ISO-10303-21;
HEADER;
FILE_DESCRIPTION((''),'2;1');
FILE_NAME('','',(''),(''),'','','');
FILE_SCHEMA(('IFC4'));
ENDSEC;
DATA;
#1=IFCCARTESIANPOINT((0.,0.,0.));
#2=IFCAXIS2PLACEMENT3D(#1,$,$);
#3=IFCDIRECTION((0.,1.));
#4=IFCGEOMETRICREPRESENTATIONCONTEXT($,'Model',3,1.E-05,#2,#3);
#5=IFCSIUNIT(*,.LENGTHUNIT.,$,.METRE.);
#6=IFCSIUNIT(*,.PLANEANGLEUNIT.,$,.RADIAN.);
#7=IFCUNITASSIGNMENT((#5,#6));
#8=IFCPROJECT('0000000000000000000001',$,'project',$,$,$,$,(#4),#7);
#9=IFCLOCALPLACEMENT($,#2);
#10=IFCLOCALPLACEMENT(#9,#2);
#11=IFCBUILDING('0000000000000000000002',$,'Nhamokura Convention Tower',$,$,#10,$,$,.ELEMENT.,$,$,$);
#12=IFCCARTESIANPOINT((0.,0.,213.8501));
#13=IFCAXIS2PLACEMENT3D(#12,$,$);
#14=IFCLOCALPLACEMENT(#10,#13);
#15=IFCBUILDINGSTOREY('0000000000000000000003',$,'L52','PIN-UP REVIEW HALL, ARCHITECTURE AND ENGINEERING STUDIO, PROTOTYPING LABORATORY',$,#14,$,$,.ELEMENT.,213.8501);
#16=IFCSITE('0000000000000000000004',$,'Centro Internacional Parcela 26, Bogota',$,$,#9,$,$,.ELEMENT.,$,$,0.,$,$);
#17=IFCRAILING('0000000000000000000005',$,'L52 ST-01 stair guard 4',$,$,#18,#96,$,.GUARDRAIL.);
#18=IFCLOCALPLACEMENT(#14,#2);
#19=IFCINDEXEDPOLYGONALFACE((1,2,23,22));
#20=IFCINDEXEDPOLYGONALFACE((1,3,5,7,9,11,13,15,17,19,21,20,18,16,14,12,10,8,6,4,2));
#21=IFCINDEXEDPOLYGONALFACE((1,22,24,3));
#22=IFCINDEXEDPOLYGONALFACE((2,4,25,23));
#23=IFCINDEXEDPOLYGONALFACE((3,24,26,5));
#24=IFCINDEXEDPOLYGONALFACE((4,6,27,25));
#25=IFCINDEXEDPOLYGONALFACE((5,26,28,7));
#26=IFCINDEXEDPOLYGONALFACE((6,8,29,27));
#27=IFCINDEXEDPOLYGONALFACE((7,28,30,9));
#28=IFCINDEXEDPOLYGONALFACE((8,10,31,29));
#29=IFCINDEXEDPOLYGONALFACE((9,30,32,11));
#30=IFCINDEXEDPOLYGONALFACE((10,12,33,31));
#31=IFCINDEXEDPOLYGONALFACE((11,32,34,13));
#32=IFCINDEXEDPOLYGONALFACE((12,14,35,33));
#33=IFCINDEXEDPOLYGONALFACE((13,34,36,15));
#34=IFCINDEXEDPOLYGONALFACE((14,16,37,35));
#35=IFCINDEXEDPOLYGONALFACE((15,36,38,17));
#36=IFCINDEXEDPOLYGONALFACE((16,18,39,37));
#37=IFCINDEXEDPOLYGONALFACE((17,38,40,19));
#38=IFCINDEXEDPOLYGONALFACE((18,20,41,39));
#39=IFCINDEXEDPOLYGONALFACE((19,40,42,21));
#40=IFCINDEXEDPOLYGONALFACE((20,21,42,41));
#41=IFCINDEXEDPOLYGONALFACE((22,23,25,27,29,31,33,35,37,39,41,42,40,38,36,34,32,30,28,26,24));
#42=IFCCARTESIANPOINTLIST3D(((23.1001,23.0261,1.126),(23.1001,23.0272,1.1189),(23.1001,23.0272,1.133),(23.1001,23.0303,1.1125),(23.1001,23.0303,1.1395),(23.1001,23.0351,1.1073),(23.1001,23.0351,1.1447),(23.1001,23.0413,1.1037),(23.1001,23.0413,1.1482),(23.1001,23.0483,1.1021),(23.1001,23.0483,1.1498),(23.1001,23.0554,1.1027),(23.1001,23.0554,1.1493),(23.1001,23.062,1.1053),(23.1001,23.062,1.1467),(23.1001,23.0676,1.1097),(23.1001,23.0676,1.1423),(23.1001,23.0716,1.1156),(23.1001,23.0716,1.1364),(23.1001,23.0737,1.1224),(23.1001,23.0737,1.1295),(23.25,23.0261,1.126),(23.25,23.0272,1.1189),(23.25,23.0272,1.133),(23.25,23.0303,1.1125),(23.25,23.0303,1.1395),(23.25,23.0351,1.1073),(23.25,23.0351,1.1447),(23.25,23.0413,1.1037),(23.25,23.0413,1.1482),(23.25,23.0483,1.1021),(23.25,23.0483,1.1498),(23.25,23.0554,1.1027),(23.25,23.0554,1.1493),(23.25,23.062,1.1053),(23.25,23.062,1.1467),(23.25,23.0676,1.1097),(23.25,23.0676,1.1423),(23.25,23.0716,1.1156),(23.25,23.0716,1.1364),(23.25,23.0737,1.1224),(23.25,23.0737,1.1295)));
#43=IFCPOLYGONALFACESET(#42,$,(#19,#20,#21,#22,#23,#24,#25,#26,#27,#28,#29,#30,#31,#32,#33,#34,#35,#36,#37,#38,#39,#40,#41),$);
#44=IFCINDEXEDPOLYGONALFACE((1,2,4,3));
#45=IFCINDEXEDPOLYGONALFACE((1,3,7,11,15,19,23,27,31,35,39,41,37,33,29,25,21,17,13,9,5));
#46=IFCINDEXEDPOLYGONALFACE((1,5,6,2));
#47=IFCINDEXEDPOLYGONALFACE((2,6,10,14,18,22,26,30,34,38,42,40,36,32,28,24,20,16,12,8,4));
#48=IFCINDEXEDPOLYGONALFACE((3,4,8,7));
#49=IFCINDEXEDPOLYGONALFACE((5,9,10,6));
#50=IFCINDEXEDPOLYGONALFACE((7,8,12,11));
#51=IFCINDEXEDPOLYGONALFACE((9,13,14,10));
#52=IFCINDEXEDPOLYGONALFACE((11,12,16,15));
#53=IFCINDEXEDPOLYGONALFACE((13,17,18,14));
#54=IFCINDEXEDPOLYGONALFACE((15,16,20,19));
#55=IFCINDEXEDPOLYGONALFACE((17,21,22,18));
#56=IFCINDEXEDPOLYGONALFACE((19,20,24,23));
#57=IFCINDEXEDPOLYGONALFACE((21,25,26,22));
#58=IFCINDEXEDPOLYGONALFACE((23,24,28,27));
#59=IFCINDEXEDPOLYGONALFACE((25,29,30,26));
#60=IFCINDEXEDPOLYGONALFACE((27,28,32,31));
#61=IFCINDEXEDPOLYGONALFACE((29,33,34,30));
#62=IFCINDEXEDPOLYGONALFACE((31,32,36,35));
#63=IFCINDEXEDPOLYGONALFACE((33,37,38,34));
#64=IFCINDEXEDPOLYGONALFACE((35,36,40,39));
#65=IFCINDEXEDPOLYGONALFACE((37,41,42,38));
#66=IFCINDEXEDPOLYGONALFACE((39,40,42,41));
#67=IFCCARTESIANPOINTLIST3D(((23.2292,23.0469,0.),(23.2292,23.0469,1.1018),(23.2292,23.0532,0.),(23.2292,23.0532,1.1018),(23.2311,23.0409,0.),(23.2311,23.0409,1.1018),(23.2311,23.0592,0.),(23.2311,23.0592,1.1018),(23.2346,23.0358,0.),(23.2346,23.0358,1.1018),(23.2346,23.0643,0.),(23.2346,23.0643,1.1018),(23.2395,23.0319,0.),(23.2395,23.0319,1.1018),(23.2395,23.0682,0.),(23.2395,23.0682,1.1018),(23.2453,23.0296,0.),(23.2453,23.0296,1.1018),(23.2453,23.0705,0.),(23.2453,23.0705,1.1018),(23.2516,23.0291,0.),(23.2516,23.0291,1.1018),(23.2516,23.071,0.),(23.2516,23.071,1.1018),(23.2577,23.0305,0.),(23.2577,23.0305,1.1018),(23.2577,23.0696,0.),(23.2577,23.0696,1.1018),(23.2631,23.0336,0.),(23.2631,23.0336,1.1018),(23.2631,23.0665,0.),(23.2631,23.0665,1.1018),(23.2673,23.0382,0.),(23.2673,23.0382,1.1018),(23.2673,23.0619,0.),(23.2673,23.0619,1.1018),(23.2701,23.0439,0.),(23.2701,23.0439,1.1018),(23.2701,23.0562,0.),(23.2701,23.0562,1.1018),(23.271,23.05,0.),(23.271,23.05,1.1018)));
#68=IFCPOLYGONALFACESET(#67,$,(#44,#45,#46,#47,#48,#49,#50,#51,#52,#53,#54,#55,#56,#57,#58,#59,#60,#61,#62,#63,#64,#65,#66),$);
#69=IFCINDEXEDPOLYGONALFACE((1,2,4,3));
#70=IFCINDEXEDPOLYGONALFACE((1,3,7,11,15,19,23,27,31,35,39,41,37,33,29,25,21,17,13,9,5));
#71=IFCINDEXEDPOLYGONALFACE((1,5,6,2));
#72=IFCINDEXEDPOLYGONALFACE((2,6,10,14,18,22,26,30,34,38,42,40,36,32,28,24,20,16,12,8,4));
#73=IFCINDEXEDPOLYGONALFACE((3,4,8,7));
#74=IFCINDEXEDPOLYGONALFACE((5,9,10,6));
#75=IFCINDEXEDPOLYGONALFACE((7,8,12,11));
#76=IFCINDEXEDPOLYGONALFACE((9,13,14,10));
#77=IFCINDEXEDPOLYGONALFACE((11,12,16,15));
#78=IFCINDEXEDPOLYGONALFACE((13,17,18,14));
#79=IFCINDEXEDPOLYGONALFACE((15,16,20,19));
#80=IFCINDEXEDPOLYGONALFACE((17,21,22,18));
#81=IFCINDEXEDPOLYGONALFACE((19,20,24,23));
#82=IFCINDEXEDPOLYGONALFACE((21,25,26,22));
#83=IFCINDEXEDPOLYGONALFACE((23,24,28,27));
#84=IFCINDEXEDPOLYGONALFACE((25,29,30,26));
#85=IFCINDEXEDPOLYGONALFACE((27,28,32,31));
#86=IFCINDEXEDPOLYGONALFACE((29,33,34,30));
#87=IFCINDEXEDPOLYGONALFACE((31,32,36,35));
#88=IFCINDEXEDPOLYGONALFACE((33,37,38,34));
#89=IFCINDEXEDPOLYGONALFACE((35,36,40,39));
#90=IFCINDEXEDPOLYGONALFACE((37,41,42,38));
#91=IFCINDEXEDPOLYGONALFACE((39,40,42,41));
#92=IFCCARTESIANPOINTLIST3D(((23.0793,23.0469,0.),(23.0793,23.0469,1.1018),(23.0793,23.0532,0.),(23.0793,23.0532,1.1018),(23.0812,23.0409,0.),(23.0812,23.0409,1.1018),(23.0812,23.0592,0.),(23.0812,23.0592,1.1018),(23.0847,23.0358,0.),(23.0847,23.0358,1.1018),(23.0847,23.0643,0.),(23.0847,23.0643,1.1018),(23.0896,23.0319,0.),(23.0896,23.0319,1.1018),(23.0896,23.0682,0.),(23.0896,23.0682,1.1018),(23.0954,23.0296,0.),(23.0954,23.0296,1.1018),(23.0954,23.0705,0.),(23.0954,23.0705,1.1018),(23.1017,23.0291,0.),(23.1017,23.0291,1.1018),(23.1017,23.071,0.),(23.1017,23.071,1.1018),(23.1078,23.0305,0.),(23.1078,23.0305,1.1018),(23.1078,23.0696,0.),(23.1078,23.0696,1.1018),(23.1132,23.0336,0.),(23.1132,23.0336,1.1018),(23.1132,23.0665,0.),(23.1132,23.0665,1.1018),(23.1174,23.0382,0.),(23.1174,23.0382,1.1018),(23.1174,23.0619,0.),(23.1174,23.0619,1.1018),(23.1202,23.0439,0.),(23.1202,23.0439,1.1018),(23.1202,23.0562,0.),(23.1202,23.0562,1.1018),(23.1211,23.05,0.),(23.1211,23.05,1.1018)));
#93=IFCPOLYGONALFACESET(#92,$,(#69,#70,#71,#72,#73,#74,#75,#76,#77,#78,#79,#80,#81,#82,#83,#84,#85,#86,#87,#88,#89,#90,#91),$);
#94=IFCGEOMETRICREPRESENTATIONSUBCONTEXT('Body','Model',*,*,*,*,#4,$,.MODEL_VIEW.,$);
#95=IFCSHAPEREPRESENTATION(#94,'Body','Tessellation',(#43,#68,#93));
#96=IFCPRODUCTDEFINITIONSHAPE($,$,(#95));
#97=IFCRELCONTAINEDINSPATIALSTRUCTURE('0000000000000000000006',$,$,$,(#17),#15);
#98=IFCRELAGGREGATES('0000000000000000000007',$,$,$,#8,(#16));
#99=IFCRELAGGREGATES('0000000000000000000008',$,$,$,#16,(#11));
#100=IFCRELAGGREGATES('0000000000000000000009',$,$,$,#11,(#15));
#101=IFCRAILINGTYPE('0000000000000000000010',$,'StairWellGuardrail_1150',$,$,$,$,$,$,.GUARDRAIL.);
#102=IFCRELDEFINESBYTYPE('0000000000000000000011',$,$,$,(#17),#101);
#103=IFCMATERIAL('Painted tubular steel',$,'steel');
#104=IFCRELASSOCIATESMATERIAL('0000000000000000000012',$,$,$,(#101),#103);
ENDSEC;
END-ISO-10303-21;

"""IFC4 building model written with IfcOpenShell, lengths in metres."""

from ifc_helpers import new_model, si_unit, direction, frame, origin, origin_2d, place, context, subcontext, project, spatial, circle, extrude, material, type_object, element, save


model = new_model("IFC4")

# Units and contexts
model_context = context("Model", 3, precision=1e-05, world=origin(), true_north=direction((0.0, 1.0)))
body_context = subcontext(model_context, "Body", "Model", "MODEL_VIEW")
ifc_project = project(units=[si_unit("LENGTHUNIT", "METRE"), si_unit("PLANEANGLEUNIT", "RADIAN")], contexts=[model_context])

# Site, building, storey
site_placement = place(None, origin())
site = spatial("IfcSite", under=ifc_project, at=site_placement, Name="Centro Internacional Parcela 26, Bogota", CompositionType="ELEMENT", RefElevation=0.0)
building_placement = place(site_placement, origin())
building = spatial("IfcBuilding", under=site, at=building_placement, Name="Nhamokura Convention Tower", CompositionType="ELEMENT")
storey_placement = place(building_placement, frame((0.0, 0.0, 213.8501)))
storey = spatial("IfcBuildingStorey", under=building, at=storey_placement, Name="L52", Description="PIN-UP REVIEW HALL, ARCHITECTURE AND ENGINEERING STUDIO, PROTOTYPING LABORATORY", CompositionType="ELEMENT", Elevation=213.8501)

# Railing
ifc_material_1 = material(Name="Painted tubular steel", Category="steel")
railing_type_1 = type_object("IfcRailingType", Name="StairWellGuardrail_1150", PredefinedType="GUARDRAIL", material=ifc_material_1)
railing_1_placement = place(storey_placement, frame((23.25, 23.05, 0.0)))
element("IfcRailing", 1, at=railing_1_placement, inside=storey, type_object=railing_type_1, Name="L52 ST-01 stair guard 4", PredefinedType="GUARDRAIL", context=body_context, shape_type="SweptSolid", body=[
    extrude(circle(Radius=0.0239, at=origin_2d()), frame((0.0, 0.0, 1.126), z_axis=(-1.0, 0.0, 0.0), x_axis=(0.0, -1.0, 0.0)), (0.0, 0.0, 1.0), 0.1499),
    extrude(circle(Radius=0.021, at=origin_2d()), origin(), (0.0, 0.0, 1.0), 1.1018),
    extrude(circle(Radius=0.021, at=origin_2d()), frame((-0.1499, 0.0, 0.0)), (0.0, 0.0, 1.0), 1.1018),
])

save(model, "model.ifc")
